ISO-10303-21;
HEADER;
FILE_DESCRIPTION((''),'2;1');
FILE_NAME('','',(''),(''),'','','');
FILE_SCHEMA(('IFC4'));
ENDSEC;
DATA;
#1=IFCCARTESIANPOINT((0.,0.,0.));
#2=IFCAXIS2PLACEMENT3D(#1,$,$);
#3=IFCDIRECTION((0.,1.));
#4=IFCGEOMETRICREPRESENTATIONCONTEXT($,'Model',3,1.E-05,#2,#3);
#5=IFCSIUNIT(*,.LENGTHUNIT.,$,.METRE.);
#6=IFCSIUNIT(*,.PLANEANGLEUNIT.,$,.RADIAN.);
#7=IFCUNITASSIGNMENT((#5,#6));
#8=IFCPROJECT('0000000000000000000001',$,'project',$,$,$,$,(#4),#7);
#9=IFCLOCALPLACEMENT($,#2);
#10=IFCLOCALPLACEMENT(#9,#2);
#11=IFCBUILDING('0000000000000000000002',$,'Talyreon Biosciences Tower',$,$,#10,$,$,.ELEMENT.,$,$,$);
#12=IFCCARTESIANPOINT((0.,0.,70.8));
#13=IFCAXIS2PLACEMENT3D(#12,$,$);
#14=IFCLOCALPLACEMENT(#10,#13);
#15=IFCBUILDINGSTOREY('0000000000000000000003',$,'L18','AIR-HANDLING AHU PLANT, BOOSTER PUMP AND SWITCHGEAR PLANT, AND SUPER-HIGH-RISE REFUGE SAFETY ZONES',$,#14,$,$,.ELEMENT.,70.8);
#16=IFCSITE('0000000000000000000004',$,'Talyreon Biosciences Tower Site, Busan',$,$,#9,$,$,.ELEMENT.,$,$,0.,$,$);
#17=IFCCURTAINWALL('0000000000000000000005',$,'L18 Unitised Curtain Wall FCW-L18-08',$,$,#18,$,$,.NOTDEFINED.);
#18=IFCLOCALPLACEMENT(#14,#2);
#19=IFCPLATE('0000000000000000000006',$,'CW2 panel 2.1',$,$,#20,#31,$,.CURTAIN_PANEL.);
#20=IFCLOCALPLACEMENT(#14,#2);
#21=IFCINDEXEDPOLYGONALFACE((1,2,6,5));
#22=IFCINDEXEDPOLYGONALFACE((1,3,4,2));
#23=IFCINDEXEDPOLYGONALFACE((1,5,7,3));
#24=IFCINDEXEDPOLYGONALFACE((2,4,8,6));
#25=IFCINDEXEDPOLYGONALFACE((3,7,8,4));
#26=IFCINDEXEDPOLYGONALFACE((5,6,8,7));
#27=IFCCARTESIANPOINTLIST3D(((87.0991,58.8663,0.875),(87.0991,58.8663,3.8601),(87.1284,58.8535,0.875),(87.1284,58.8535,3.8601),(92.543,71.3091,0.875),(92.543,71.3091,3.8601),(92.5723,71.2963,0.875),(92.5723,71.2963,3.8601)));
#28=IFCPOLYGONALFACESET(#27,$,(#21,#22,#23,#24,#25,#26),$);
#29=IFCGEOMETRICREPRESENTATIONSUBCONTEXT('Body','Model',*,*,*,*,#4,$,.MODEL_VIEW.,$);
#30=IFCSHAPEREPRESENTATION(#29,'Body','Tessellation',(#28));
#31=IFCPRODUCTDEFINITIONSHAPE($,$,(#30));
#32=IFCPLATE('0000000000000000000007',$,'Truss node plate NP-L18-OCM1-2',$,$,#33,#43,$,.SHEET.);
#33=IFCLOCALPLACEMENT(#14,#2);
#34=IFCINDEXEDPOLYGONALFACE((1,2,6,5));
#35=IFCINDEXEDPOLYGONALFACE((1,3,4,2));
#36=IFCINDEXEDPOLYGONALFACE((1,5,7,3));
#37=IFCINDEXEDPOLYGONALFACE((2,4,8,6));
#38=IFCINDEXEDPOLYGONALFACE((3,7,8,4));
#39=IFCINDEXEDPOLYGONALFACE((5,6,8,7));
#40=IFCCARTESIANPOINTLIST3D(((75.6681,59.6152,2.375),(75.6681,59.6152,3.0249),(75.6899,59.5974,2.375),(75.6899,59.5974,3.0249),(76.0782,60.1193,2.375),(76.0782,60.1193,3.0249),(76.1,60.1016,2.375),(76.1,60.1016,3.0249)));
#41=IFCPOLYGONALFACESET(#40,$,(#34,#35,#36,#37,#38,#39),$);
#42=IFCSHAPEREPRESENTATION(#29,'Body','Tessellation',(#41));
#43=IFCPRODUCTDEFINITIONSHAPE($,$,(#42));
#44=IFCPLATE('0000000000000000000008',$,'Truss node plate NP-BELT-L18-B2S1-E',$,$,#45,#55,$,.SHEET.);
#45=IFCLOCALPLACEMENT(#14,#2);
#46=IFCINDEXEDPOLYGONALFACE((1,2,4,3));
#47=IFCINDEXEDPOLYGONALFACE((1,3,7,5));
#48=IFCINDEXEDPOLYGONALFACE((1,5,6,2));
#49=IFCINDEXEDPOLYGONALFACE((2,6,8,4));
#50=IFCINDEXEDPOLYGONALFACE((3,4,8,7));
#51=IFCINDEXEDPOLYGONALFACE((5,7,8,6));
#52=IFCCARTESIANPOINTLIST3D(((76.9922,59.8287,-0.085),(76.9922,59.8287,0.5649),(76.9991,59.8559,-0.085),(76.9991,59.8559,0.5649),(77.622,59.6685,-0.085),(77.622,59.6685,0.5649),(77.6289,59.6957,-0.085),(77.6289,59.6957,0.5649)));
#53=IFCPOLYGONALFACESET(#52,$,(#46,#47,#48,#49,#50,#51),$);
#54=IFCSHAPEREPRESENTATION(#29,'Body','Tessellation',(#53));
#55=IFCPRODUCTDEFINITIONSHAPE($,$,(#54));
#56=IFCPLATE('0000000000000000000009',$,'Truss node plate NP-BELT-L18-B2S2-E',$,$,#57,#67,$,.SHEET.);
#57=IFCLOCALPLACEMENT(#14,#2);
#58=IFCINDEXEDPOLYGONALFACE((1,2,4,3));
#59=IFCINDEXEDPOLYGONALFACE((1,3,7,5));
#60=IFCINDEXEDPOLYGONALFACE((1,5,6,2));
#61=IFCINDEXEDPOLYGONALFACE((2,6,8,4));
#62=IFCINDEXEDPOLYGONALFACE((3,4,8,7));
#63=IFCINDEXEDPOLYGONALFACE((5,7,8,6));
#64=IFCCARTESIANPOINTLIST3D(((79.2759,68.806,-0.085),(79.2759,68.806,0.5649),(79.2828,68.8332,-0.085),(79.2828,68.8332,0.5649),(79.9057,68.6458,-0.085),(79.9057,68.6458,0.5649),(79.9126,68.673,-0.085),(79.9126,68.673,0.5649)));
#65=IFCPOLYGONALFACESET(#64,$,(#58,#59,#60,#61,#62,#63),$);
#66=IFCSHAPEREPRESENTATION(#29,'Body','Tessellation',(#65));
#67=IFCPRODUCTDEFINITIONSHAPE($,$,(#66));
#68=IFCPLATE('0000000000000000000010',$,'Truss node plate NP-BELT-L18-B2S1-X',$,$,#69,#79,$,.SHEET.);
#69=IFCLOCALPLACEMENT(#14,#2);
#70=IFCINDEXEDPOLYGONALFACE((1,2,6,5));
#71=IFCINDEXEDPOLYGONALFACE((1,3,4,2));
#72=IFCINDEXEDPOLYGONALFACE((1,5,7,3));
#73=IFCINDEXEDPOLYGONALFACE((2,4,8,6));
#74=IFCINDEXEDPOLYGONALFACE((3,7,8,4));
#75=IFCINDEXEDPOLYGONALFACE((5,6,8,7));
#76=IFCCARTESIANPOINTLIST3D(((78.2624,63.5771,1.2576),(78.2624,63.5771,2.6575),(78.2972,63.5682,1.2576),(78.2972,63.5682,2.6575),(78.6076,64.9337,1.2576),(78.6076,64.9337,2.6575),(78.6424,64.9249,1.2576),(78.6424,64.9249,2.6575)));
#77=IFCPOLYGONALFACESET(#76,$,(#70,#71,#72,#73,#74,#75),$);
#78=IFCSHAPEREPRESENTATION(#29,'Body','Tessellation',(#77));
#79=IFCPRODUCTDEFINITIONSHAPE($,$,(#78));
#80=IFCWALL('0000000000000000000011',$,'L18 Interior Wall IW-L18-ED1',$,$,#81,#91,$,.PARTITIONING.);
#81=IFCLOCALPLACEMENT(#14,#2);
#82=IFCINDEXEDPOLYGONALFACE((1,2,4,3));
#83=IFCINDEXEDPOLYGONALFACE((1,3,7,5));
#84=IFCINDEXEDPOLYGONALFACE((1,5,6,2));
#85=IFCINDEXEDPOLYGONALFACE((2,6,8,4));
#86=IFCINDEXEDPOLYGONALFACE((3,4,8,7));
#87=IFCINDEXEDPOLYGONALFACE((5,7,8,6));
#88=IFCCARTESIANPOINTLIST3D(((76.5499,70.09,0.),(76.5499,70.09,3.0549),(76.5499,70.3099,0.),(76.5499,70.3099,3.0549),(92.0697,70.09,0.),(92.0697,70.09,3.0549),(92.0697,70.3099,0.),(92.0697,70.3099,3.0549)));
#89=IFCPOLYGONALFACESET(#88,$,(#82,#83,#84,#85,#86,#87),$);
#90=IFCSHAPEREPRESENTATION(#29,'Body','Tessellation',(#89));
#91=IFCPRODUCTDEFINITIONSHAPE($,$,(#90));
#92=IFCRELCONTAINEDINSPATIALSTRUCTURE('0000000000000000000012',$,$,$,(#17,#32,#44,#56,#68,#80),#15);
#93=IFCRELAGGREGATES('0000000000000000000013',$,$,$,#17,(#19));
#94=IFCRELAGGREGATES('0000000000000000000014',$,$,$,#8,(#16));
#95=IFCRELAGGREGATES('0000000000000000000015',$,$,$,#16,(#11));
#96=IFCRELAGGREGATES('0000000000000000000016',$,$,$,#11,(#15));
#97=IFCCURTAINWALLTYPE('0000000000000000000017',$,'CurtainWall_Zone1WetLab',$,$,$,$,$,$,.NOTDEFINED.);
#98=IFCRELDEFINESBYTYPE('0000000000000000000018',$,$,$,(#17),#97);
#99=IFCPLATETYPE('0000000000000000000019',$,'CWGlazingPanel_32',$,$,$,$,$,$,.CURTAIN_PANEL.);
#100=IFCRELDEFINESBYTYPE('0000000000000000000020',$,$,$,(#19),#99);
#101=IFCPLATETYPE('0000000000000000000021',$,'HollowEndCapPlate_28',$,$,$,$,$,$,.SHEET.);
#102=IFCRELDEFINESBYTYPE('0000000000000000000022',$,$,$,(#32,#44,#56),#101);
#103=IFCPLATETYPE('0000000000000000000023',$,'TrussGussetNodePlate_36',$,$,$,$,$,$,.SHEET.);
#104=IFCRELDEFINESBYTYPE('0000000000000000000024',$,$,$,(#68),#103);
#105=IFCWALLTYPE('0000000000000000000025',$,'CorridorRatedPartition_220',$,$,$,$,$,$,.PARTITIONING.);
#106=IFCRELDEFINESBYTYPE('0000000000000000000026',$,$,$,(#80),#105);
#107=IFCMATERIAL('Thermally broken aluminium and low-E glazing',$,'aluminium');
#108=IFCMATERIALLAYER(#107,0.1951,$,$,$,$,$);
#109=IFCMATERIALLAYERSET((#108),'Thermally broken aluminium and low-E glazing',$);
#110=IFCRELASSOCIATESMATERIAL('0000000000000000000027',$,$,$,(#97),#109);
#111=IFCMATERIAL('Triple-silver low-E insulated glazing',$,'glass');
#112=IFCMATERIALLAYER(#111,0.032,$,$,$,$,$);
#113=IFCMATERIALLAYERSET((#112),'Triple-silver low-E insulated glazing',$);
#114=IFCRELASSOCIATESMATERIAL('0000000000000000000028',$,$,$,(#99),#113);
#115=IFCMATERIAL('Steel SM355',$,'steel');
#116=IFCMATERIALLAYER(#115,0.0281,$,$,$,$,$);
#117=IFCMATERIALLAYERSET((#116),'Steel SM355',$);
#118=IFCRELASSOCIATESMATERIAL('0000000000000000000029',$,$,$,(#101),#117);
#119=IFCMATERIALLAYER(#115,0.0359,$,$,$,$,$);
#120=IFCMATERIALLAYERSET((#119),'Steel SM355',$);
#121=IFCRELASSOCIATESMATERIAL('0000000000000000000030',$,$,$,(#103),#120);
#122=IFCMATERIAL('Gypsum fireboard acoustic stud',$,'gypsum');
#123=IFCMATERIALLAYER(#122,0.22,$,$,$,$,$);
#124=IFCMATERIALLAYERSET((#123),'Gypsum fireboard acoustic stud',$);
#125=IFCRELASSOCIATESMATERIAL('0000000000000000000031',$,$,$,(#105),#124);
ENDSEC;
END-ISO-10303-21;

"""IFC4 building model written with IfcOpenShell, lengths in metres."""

from ifc_helpers import new_model, si_unit, direction, frame, frame_2d, origin, origin_2d, place, context, subcontext, project, spatial, rectangle, extrude, material, layer, layer_set, type_object, element, aggregate, save


model = new_model("IFC4")

# Units and contexts
model_context = context("Model", 3, precision=1e-05, world=origin(), true_north=direction((0.0, 1.0)))
body_context = subcontext(model_context, "Body", "Model", "MODEL_VIEW")
ifc_project = project(units=[si_unit("LENGTHUNIT", "METRE"), si_unit("PLANEANGLEUNIT", "RADIAN")], contexts=[model_context])

# Site, building, storey
site_placement = place(None, origin())
site = spatial("IfcSite", under=ifc_project, at=site_placement, Name="Talyreon Biosciences Tower Site, Busan", CompositionType="ELEMENT", RefElevation=0.0)
building_placement = place(site_placement, origin())
building = spatial("IfcBuilding", under=site, at=building_placement, Name="Talyreon Biosciences Tower", CompositionType="ELEMENT")
storey_placement = place(building_placement, frame((0.0, 0.0, 70.8)))
storey = spatial("IfcBuildingStorey", under=building, at=storey_placement, Name="L18", Description="AIR-HANDLING AHU PLANT, BOOSTER PUMP AND SWITCHGEAR PLANT, AND SUPER-HIGH-RISE REFUGE SAFETY ZONES", CompositionType="ELEMENT", Elevation=70.8)

# Shared definitions
ifc_material_1 = material(Name="Steel SM355", Category="steel")

# Curtain wall
ifc_material_2 = material(Name="Thermally broken aluminium and low-E glazing", Category="aluminium")
ifc_layer_1 = layer(ifc_material_2, 0.1951)
ifc_layer_set_1 = layer_set([ifc_layer_1], Name="Thermally broken aluminium and low-E glazing")
curtain_wall_type = type_object("IfcCurtainWallType", Name="CurtainWall_Zone1WetLab", PredefinedType="NOTDEFINED", material=ifc_layer_set_1)
curtain_wall_placement = place(storey_placement, origin())
curtain_wall = element("IfcCurtainWall", 1, at=curtain_wall_placement, inside=storey, type_object=curtain_wall_type, Name="L18 Unitised Curtain Wall FCW-L18-08", PredefinedType="NOTDEFINED")

# Plate
ifc_material_3 = material(Name="Triple-silver low-E insulated glazing", Category="glass")
ifc_layer_2 = layer(ifc_material_3, 0.032)
ifc_layer_set_2 = layer_set([ifc_layer_2], Name="Triple-silver low-E insulated glazing")
plate_type_1 = type_object("IfcPlateType", Name="CWGlazingPanel_32", PredefinedType="CURTAIN_PANEL", material=ifc_layer_set_2)
plate_1_placement = place(storey_placement, frame((89.8357, 65.0813, 0.875), z_axis=(0.0, 0.0, 1.0), x_axis=(-0.400831, -0.916152, 0.0)))
plate_1 = element("IfcPlate", 2, at=plate_1_placement, type_object=plate_type_1, Name="CW2 panel 2.1", PredefinedType="CURTAIN_PANEL", context=body_context, shape_type="SweptSolid", body=[
    extrude(rectangle(XDim=13.5815, YDim=0.032, at=origin_2d()), origin(), (0.0, 0.0, 1.0), 2.9851),
])
aggregate(curtain_wall, [plate_1])

# Plates
ifc_layer_3 = layer(ifc_material_1, 0.0281)
ifc_layer_set_3 = layer_set([ifc_layer_3], Name="Steel SM355")
plate_type_2 = type_object("IfcPlateType", Name="HollowEndCapPlate_28", PredefinedType="SHEET", material=ifc_layer_set_3)
for number, where, z_axis, x_axis, name in (
    (3, (75.884, 59.8584, 2.375), (0.0, 0.0, 1.0), (0.631001, 0.775782, 0.0), "Truss node plate NP-L18-OCM1-2"),
    (4, (77.3105, 59.7622, -0.085), (0.0, 0.0, 1.0), (-0.969132, 0.246542, 0.0), "Truss node plate NP-BELT-L18-B2S1-E"),
    (5, (79.5942, 68.7395, -0.085), (0.0, 0.0, 1.0), (-0.969132, 0.246542, 0.0), "Truss node plate NP-BELT-L18-B2S2-E"),
):
    element("IfcPlate", number, at=place(storey_placement, frame(where, z_axis=z_axis, x_axis=x_axis)), inside=storey, type_object=plate_type_2, Name=name, PredefinedType="SHEET", context=body_context, shape_type="SweptSolid", body=[
        extrude(rectangle(XDim=0.6499, YDim=0.0281, at=origin_2d()), origin(), (0.0, 0.0, 1.0), 0.6499),
    ])
ifc_layer_4 = layer(ifc_material_1, 0.0359)
ifc_layer_set_4 = layer_set([ifc_layer_4], Name="Steel SM355")
plate_type_3 = type_object("IfcPlateType", Name="TrussGussetNodePlate_36", PredefinedType="SHEET", material=ifc_layer_set_4)
plate_2_placement = place(storey_placement, frame((78.4524, 64.251, 1.2576), z_axis=(0.0, 0.0, 1.0), x_axis=(0.246542, 0.969132, 0.0)))
element("IfcPlate", 6, at=plate_2_placement, inside=storey, type_object=plate_type_3, Name="Truss node plate NP-BELT-L18-B2S1-X", PredefinedType="SHEET", context=body_context, shape_type="SweptSolid", body=[
    extrude(rectangle(XDim=1.3999, YDim=0.0359, at=origin_2d()), origin(), (0.0, 0.0, 1.0), 1.3999),
])

# Wall
ifc_material_4 = material(Name="Gypsum fireboard acoustic stud", Category="gypsum")
ifc_layer_5 = layer(ifc_material_4, 0.22)
ifc_layer_set_5 = layer_set([ifc_layer_5], Name="Gypsum fireboard acoustic stud")
wall_type = type_object("IfcWallType", Name="CorridorRatedPartition_220", PredefinedType="PARTITIONING", material=ifc_layer_set_5)
wall_placement = place(storey_placement, frame((76.55, 70.2, 0.0), z_axis=(0.0, 0.0, 1.0), x_axis=(1.0, 0.0, 0.0)))
element("IfcWall", 7, at=wall_placement, inside=storey, type_object=wall_type, Name="L18 Interior Wall IW-L18-ED1", PredefinedType="PARTITIONING", context=body_context, shape_type="SweptSolid", body=[
    extrude(rectangle(XDim=15.5198, YDim=0.22, at=frame_2d((7.7598, 0.0))), origin(), (0.0, 0.0, 1.0), 3.0549),
])

save(model, "model.ifc")
